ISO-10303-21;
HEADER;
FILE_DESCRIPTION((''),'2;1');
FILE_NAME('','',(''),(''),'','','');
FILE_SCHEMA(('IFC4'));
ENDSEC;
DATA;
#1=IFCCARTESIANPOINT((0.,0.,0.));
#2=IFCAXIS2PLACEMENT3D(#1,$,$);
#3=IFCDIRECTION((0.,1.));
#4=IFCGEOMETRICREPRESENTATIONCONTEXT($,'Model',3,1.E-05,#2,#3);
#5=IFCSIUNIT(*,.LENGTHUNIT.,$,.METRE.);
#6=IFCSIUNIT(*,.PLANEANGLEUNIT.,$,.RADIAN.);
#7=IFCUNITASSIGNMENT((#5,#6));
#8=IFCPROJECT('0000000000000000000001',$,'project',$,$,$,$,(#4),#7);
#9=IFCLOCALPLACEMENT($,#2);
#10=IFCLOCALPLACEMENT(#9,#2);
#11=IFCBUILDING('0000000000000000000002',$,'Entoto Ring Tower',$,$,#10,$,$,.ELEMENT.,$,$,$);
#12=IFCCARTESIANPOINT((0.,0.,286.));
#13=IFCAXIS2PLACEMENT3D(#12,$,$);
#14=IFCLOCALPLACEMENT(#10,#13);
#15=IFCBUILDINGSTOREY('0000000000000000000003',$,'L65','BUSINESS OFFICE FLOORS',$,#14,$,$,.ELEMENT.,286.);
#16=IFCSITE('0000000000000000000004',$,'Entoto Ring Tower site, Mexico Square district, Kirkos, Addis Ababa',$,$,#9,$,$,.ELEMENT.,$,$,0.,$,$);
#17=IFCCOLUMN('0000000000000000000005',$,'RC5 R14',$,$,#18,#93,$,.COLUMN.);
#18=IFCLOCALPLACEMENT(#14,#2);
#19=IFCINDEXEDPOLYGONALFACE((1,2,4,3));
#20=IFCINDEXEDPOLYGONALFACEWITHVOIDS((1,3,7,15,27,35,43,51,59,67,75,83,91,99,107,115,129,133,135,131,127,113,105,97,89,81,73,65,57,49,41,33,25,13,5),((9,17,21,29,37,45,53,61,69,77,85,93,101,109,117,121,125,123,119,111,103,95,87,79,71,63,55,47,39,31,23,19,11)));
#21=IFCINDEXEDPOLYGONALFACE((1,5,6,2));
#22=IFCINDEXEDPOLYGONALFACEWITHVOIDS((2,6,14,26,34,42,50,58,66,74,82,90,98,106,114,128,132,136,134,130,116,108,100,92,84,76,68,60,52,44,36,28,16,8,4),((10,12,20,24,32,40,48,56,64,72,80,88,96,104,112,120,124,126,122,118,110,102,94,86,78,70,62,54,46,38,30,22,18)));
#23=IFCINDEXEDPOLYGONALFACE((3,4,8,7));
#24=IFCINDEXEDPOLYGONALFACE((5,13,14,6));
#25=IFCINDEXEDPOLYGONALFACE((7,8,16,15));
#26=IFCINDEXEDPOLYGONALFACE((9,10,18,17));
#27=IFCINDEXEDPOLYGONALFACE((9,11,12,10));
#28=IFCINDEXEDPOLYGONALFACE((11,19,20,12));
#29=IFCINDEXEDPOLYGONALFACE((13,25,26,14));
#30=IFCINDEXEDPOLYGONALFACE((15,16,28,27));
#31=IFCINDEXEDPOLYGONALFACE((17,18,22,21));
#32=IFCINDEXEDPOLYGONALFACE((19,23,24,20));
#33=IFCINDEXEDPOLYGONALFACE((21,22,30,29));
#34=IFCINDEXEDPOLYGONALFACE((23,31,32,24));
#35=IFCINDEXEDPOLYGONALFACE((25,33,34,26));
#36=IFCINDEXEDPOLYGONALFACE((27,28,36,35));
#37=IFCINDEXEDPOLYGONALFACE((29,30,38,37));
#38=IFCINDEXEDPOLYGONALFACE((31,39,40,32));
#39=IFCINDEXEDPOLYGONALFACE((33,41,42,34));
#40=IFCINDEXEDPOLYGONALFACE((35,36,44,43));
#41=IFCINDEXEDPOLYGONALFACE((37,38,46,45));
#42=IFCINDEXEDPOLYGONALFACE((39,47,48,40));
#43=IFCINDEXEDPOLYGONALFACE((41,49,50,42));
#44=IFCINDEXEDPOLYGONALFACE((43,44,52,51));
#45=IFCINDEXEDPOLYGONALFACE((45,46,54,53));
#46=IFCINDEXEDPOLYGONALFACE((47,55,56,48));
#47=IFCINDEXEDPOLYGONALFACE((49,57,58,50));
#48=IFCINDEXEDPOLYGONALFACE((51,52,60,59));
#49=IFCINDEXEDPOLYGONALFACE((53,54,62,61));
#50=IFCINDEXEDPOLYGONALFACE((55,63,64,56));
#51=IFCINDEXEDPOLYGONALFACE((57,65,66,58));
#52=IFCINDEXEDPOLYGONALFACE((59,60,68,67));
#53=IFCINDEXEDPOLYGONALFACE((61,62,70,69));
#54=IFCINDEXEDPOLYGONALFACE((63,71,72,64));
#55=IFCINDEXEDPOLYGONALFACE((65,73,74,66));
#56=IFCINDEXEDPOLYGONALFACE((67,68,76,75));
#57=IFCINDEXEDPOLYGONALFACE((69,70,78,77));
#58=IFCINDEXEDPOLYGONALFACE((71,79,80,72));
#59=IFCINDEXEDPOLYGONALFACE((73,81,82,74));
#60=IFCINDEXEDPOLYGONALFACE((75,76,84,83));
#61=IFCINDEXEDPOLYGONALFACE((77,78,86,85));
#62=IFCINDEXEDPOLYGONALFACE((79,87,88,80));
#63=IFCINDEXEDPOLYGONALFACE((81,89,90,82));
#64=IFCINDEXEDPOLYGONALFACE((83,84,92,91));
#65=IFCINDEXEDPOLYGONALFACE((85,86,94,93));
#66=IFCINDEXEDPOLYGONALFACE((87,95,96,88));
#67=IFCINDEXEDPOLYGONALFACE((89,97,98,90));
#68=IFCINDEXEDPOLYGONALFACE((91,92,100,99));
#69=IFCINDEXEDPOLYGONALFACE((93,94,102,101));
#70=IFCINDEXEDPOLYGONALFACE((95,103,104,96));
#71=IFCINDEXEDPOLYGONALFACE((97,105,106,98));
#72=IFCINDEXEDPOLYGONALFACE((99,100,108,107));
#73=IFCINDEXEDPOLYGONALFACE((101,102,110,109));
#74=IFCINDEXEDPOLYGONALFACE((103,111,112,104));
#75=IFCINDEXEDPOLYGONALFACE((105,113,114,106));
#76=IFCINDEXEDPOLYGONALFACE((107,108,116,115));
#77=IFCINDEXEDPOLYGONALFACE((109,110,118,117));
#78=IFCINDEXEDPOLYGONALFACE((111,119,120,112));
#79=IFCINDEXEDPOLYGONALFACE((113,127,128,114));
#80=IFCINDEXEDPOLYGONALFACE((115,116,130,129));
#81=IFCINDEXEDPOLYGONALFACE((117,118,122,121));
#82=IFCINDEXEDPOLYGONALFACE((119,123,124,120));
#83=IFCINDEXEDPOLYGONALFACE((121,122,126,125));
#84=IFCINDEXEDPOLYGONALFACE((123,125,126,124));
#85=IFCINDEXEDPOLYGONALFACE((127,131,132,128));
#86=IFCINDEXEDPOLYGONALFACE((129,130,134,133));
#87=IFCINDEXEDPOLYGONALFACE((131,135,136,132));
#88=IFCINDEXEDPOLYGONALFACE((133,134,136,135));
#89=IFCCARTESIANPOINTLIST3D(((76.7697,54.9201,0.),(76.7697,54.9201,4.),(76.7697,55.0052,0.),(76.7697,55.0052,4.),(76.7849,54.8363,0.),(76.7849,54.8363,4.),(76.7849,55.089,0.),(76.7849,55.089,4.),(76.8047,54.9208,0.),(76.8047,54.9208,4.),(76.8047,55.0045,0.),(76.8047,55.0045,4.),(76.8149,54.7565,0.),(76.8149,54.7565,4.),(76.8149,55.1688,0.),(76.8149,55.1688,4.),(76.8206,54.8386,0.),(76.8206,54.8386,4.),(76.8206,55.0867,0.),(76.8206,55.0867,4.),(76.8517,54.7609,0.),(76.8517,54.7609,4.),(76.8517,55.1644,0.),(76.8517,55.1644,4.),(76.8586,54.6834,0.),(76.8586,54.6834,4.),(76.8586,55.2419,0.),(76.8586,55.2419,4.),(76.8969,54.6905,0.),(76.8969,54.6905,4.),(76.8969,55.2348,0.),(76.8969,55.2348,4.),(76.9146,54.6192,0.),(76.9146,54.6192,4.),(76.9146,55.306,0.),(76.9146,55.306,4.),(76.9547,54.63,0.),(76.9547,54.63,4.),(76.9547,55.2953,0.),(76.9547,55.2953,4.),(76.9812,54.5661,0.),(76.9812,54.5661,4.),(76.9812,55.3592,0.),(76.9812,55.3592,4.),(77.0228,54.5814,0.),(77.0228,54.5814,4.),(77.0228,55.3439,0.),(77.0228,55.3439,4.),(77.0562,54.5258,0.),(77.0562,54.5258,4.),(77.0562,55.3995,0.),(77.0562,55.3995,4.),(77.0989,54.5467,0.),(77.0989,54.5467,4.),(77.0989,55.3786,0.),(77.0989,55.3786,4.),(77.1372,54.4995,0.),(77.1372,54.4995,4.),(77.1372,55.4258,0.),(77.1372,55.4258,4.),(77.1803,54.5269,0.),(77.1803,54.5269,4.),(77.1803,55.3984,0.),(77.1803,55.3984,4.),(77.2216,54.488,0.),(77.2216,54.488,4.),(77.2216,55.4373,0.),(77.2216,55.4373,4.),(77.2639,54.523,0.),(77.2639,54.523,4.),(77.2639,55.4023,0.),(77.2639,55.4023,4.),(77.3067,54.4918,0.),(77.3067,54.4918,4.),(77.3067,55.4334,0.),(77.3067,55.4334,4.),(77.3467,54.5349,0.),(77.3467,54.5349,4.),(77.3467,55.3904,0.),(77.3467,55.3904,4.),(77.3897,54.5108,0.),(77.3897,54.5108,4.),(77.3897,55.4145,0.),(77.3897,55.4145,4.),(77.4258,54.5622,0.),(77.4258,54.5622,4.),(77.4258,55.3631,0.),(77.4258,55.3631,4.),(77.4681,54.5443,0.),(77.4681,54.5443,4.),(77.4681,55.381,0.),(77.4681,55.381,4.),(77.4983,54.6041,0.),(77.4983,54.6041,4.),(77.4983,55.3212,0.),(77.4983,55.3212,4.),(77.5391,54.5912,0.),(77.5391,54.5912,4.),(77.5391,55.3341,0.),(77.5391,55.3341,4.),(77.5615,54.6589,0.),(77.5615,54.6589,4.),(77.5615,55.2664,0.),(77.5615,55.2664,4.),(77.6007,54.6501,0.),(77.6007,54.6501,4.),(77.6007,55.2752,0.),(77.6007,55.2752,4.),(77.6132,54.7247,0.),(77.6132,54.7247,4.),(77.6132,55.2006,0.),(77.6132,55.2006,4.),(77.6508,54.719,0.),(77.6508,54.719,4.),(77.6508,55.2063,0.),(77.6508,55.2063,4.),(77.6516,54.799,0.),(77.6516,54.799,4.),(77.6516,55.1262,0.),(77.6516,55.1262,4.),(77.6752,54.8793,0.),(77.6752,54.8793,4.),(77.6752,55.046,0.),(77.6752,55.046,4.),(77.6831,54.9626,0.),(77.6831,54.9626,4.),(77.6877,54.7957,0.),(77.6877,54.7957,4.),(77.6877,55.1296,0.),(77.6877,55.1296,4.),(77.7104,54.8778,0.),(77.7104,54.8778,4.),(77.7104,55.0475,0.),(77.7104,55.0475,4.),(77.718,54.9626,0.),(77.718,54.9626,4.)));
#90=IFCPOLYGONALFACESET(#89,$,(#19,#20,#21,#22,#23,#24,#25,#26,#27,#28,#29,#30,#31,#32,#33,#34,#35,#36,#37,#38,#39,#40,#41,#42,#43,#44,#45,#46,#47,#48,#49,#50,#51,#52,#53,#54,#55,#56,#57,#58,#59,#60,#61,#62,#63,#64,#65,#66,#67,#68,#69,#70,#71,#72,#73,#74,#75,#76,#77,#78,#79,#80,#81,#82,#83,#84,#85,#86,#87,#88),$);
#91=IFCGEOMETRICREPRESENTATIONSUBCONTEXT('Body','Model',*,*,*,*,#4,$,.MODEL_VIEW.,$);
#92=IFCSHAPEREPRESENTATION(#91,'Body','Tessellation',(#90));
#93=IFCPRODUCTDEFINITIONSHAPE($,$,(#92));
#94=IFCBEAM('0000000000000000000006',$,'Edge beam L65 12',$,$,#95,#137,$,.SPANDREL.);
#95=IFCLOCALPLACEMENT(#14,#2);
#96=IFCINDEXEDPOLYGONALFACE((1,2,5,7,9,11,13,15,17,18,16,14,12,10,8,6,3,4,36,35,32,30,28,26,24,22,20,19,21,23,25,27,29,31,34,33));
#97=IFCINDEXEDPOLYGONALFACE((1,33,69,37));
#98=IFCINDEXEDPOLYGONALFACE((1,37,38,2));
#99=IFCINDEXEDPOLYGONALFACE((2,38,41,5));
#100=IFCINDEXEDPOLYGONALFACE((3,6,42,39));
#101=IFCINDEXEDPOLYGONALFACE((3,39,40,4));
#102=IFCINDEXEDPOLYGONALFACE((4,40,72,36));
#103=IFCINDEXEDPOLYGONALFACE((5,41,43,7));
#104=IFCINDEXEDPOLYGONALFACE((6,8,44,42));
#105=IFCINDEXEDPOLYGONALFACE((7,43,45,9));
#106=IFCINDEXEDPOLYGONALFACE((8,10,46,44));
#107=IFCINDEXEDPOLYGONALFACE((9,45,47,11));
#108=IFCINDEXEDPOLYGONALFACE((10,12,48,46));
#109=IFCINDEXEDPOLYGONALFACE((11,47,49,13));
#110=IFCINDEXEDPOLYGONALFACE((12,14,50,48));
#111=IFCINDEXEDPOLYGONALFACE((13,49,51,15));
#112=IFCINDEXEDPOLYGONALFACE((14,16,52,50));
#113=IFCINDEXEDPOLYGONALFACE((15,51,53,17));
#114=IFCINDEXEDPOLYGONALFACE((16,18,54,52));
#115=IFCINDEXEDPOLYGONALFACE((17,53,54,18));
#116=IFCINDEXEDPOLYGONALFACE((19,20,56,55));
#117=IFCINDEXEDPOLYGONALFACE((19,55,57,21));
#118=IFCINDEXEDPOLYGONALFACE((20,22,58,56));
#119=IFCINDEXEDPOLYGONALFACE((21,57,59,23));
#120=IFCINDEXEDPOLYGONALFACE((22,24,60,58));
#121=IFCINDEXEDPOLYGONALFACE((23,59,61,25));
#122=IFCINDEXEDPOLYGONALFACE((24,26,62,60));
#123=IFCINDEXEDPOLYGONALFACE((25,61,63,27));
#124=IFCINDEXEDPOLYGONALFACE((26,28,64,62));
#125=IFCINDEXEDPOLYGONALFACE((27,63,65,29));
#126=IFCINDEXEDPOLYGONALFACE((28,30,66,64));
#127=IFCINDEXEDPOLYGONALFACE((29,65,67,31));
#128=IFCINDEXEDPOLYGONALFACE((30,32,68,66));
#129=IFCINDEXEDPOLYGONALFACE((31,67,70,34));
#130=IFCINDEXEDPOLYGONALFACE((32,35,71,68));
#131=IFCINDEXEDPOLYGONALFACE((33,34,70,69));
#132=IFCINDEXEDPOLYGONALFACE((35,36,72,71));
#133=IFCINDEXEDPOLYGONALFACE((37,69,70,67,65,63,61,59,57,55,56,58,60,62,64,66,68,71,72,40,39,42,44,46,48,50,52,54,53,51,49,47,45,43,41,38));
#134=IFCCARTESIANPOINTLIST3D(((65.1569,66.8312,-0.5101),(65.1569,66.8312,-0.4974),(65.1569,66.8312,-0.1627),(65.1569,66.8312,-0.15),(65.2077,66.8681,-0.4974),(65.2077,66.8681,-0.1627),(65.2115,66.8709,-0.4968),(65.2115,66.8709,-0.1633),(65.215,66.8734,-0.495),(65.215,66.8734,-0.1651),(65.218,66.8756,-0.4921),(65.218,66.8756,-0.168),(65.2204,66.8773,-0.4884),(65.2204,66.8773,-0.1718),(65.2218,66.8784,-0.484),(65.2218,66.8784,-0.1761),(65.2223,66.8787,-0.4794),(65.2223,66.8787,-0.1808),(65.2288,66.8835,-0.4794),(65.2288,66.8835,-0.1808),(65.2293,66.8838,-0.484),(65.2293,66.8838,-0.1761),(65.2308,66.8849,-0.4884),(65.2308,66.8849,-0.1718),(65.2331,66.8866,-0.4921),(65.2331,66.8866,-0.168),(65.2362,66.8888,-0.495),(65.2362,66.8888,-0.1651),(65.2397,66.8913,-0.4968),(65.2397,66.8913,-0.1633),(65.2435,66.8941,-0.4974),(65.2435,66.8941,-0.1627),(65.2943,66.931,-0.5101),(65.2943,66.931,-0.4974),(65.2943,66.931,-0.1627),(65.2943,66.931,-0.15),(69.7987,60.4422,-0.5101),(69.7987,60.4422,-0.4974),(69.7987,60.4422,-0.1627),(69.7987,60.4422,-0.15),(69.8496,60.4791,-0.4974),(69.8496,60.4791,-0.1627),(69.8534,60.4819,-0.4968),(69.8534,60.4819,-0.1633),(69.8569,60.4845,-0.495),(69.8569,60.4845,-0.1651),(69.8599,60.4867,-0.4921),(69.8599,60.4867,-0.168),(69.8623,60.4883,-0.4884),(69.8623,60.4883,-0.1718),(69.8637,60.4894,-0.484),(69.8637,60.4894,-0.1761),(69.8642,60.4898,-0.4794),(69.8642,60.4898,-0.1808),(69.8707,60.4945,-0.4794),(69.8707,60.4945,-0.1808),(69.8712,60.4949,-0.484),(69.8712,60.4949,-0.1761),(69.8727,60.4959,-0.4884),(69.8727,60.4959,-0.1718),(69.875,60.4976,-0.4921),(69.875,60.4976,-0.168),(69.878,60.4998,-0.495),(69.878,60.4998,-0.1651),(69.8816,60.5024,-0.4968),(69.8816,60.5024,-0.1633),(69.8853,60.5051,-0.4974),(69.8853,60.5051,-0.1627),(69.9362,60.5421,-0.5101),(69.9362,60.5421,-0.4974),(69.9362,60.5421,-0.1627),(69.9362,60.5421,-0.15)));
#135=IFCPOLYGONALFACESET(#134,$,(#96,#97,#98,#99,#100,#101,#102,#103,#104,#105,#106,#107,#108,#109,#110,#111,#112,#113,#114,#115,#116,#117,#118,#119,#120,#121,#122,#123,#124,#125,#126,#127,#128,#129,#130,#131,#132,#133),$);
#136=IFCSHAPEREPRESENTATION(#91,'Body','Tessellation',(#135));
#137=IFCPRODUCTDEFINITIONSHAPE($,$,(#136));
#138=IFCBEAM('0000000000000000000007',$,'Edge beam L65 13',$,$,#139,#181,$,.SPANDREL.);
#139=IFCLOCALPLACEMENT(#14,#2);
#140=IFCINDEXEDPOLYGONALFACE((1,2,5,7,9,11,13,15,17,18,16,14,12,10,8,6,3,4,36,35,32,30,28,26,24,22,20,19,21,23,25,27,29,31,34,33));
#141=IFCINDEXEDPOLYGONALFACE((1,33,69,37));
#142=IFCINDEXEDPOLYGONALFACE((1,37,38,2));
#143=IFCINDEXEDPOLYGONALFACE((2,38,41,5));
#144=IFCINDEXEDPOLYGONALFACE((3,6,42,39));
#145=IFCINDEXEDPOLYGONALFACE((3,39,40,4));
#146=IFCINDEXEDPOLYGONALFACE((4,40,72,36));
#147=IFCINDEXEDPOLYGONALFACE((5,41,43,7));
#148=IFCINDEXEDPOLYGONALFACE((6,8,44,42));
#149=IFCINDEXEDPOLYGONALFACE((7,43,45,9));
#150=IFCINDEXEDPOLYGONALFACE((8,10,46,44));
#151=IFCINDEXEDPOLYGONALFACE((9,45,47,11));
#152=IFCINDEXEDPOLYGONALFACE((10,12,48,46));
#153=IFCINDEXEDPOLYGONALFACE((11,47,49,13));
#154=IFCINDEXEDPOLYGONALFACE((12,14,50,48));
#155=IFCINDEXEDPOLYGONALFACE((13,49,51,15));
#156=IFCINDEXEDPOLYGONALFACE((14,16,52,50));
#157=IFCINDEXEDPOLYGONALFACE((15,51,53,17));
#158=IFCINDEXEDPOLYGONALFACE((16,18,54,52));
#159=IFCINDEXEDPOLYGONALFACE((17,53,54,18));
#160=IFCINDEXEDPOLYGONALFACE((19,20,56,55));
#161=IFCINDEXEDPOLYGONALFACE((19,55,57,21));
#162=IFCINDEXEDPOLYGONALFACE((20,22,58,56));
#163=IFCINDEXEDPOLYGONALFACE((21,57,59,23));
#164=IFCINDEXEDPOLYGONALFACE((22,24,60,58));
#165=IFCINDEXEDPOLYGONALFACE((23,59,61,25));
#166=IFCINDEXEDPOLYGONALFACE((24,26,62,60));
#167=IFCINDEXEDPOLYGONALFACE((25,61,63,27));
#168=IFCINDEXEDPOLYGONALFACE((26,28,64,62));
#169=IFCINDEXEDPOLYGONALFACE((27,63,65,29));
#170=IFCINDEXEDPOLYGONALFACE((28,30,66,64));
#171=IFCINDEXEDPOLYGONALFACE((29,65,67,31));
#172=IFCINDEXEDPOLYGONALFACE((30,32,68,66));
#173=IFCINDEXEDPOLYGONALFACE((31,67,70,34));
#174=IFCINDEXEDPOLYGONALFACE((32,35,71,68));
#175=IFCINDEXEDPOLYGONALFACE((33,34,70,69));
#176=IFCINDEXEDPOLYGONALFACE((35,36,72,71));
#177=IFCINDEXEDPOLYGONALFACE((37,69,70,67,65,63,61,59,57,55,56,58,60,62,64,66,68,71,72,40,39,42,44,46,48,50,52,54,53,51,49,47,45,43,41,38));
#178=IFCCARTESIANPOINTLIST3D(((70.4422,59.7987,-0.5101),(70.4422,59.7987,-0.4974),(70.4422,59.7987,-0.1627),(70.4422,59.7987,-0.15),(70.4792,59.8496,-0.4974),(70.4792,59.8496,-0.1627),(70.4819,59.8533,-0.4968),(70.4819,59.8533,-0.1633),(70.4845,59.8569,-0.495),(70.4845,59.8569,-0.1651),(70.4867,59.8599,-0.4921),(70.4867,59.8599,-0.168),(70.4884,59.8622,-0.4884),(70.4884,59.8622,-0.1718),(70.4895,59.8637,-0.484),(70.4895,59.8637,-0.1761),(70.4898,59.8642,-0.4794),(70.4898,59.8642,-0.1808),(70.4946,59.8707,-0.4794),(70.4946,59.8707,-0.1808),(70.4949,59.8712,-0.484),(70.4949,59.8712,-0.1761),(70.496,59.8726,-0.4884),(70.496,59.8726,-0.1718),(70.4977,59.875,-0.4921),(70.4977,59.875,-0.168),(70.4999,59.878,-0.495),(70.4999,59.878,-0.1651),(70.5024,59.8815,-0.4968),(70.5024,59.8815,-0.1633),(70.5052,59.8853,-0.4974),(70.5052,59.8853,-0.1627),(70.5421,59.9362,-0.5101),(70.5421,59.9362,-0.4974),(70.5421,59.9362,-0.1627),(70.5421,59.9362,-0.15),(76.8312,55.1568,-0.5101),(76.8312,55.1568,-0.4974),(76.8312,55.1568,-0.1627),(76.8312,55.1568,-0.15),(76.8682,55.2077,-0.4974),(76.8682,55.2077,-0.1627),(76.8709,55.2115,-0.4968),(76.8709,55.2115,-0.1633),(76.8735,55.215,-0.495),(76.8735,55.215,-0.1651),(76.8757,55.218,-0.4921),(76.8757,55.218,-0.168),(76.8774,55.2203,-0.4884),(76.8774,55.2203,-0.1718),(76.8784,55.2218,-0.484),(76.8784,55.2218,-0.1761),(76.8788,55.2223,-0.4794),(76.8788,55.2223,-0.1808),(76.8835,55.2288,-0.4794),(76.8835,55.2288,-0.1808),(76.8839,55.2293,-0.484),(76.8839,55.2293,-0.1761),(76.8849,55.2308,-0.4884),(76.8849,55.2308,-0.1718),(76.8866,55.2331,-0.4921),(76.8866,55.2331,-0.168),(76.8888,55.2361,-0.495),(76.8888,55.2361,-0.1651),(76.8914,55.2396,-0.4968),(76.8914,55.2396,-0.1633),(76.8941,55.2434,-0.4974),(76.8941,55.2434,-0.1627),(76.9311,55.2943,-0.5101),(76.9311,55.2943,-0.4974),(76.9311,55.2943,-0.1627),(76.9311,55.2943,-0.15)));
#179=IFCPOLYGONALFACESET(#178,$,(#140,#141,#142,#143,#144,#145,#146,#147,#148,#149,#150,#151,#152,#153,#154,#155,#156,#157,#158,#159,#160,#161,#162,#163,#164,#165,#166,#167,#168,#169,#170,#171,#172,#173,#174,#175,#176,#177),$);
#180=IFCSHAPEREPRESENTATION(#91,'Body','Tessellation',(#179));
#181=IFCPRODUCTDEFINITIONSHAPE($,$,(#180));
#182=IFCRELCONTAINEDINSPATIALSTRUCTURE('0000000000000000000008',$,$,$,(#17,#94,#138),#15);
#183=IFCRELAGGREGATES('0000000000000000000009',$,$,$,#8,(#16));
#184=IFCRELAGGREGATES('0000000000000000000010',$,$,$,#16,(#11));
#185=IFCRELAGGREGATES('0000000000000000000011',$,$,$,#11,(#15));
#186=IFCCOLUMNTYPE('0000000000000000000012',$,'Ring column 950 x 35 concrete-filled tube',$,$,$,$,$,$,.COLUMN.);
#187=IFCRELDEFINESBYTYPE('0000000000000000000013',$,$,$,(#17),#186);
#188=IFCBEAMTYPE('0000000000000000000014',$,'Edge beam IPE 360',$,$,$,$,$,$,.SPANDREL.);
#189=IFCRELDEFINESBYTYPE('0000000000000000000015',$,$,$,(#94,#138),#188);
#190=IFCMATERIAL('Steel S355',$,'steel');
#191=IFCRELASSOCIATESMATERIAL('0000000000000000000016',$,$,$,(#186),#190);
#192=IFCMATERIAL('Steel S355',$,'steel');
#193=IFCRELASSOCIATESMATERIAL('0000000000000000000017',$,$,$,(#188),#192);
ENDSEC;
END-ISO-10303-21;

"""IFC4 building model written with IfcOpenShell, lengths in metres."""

from ifc_helpers import new_model, si_unit, direction, frame, origin, origin_2d, place, context, subcontext, project, spatial, circle, hollow_circle, i_section, extrude, material, material_profile, profile_set, type_object, element, save


model = new_model("IFC4")

# Units and contexts
model_context = context("Model", 3, precision=1e-05, world=origin(), true_north=direction((0.0, 1.0)))
body_context = subcontext(model_context, "Body", "Model", "MODEL_VIEW")
ifc_project = project(units=[si_unit("LENGTHUNIT", "METRE"), si_unit("PLANEANGLEUNIT", "RADIAN")], contexts=[model_context])

# Site, building, storey
site_placement = place(None, origin())
site = spatial("IfcSite", under=ifc_project, at=site_placement, Name="Entoto Ring Tower site, Mexico Square district, Kirkos, Addis Ababa", CompositionType="ELEMENT", RefElevation=0.0)
building_placement = place(site_placement, origin())
building = spatial("IfcBuilding", under=site, at=building_placement, Name="Entoto Ring Tower", CompositionType="ELEMENT")
storey_placement = place(building_placement, frame((0.0, 0.0, 286.0)))
storey = spatial("IfcBuildingStorey", under=building, at=storey_placement, Name="L65", Description="BUSINESS OFFICE FLOORS", CompositionType="ELEMENT", Elevation=286.0)

# Column
ifc_material_1 = material(Name="Steel S355", Category="steel")
ifc_material_profile_1 = material_profile(ifc_material_1, hollow_circle(Radius=0.4751, WallThickness=0.0349, at=origin_2d()), Name="CHS 950 x 35")
ifc_material_2 = material(Name="Concrete C60/75", Category="concrete")
ifc_material_profile_2 = material_profile(ifc_material_2, circle(Radius=0.4399, at=origin_2d()), Name="Concrete C60/75 infill")
ifc_profile_set_1 = profile_set([ifc_material_profile_1, ifc_material_profile_2], Name="Steel S355")
column_type = type_object("IfcColumnType", Name="Ring column 950 x 35 concrete-filled tube", PredefinedType="COLUMN", material=ifc_profile_set_1)
for number, where, z_axis, x_axis, name in (
    (1, (77.2429, 54.9626, 0.0), (0.0, 0.0, 1.0), (1.0, 0.0, 0.0), "RC5 R14"),
):
    element("IfcColumn", number, at=place(storey_placement, frame(where, z_axis=z_axis, x_axis=x_axis)), inside=storey, type_object=column_type, Name=name, PredefinedType="COLUMN", context=body_context, shape_type="SweptSolid", body=[
        extrude(hollow_circle(Radius=0.4751, WallThickness=0.0349, at=origin_2d()), origin(), (0.0, 0.0, 1.0), 4.0),
    ])

# Beams
ifc_material_3 = material(Name="Steel S355", Category="steel")
ifc_material_profile_3 = material_profile(ifc_material_3, i_section(OverallWidth=0.1699, OverallDepth=0.3601, WebThickness=0.0081, FlangeThickness=0.0127, FilletRadius=0.0181, at=origin_2d()), Name="IPE 360")
ifc_profile_set_2 = profile_set([ifc_material_profile_3], Name="Steel S355")
beam_type_1 = type_object("IfcBeamType", Name="Edge beam IPE 360", PredefinedType="SPANDREL", material=ifc_profile_set_2)
for number, where, z_axis, x_axis, name in (
    (2, (65.2256, 66.8811, -0.3301), (0.587787, -0.809015, 0.0), (0.809015, 0.587787, 0.0), "Edge beam L65 12"),
    (3, (70.4922, 59.8674, -0.3301), (0.809015, -0.587787, 0.0), (0.587787, 0.809015, 0.0), "Edge beam L65 13"),
):
    element("IfcBeam", number, at=place(storey_placement, frame(where, z_axis=z_axis, x_axis=x_axis)), inside=storey, type_object=beam_type_1, Name=name, PredefinedType="SPANDREL", context=body_context, shape_type="SweptSolid", body=[
        extrude(i_section(OverallWidth=0.1699, OverallDepth=0.3601, WebThickness=0.0081, FlangeThickness=0.0127, FilletRadius=0.0181, at=origin_2d()), origin(), (0.0, 0.0, 1.0), 7.8972),
    ])

save(model, "model.ifc")
